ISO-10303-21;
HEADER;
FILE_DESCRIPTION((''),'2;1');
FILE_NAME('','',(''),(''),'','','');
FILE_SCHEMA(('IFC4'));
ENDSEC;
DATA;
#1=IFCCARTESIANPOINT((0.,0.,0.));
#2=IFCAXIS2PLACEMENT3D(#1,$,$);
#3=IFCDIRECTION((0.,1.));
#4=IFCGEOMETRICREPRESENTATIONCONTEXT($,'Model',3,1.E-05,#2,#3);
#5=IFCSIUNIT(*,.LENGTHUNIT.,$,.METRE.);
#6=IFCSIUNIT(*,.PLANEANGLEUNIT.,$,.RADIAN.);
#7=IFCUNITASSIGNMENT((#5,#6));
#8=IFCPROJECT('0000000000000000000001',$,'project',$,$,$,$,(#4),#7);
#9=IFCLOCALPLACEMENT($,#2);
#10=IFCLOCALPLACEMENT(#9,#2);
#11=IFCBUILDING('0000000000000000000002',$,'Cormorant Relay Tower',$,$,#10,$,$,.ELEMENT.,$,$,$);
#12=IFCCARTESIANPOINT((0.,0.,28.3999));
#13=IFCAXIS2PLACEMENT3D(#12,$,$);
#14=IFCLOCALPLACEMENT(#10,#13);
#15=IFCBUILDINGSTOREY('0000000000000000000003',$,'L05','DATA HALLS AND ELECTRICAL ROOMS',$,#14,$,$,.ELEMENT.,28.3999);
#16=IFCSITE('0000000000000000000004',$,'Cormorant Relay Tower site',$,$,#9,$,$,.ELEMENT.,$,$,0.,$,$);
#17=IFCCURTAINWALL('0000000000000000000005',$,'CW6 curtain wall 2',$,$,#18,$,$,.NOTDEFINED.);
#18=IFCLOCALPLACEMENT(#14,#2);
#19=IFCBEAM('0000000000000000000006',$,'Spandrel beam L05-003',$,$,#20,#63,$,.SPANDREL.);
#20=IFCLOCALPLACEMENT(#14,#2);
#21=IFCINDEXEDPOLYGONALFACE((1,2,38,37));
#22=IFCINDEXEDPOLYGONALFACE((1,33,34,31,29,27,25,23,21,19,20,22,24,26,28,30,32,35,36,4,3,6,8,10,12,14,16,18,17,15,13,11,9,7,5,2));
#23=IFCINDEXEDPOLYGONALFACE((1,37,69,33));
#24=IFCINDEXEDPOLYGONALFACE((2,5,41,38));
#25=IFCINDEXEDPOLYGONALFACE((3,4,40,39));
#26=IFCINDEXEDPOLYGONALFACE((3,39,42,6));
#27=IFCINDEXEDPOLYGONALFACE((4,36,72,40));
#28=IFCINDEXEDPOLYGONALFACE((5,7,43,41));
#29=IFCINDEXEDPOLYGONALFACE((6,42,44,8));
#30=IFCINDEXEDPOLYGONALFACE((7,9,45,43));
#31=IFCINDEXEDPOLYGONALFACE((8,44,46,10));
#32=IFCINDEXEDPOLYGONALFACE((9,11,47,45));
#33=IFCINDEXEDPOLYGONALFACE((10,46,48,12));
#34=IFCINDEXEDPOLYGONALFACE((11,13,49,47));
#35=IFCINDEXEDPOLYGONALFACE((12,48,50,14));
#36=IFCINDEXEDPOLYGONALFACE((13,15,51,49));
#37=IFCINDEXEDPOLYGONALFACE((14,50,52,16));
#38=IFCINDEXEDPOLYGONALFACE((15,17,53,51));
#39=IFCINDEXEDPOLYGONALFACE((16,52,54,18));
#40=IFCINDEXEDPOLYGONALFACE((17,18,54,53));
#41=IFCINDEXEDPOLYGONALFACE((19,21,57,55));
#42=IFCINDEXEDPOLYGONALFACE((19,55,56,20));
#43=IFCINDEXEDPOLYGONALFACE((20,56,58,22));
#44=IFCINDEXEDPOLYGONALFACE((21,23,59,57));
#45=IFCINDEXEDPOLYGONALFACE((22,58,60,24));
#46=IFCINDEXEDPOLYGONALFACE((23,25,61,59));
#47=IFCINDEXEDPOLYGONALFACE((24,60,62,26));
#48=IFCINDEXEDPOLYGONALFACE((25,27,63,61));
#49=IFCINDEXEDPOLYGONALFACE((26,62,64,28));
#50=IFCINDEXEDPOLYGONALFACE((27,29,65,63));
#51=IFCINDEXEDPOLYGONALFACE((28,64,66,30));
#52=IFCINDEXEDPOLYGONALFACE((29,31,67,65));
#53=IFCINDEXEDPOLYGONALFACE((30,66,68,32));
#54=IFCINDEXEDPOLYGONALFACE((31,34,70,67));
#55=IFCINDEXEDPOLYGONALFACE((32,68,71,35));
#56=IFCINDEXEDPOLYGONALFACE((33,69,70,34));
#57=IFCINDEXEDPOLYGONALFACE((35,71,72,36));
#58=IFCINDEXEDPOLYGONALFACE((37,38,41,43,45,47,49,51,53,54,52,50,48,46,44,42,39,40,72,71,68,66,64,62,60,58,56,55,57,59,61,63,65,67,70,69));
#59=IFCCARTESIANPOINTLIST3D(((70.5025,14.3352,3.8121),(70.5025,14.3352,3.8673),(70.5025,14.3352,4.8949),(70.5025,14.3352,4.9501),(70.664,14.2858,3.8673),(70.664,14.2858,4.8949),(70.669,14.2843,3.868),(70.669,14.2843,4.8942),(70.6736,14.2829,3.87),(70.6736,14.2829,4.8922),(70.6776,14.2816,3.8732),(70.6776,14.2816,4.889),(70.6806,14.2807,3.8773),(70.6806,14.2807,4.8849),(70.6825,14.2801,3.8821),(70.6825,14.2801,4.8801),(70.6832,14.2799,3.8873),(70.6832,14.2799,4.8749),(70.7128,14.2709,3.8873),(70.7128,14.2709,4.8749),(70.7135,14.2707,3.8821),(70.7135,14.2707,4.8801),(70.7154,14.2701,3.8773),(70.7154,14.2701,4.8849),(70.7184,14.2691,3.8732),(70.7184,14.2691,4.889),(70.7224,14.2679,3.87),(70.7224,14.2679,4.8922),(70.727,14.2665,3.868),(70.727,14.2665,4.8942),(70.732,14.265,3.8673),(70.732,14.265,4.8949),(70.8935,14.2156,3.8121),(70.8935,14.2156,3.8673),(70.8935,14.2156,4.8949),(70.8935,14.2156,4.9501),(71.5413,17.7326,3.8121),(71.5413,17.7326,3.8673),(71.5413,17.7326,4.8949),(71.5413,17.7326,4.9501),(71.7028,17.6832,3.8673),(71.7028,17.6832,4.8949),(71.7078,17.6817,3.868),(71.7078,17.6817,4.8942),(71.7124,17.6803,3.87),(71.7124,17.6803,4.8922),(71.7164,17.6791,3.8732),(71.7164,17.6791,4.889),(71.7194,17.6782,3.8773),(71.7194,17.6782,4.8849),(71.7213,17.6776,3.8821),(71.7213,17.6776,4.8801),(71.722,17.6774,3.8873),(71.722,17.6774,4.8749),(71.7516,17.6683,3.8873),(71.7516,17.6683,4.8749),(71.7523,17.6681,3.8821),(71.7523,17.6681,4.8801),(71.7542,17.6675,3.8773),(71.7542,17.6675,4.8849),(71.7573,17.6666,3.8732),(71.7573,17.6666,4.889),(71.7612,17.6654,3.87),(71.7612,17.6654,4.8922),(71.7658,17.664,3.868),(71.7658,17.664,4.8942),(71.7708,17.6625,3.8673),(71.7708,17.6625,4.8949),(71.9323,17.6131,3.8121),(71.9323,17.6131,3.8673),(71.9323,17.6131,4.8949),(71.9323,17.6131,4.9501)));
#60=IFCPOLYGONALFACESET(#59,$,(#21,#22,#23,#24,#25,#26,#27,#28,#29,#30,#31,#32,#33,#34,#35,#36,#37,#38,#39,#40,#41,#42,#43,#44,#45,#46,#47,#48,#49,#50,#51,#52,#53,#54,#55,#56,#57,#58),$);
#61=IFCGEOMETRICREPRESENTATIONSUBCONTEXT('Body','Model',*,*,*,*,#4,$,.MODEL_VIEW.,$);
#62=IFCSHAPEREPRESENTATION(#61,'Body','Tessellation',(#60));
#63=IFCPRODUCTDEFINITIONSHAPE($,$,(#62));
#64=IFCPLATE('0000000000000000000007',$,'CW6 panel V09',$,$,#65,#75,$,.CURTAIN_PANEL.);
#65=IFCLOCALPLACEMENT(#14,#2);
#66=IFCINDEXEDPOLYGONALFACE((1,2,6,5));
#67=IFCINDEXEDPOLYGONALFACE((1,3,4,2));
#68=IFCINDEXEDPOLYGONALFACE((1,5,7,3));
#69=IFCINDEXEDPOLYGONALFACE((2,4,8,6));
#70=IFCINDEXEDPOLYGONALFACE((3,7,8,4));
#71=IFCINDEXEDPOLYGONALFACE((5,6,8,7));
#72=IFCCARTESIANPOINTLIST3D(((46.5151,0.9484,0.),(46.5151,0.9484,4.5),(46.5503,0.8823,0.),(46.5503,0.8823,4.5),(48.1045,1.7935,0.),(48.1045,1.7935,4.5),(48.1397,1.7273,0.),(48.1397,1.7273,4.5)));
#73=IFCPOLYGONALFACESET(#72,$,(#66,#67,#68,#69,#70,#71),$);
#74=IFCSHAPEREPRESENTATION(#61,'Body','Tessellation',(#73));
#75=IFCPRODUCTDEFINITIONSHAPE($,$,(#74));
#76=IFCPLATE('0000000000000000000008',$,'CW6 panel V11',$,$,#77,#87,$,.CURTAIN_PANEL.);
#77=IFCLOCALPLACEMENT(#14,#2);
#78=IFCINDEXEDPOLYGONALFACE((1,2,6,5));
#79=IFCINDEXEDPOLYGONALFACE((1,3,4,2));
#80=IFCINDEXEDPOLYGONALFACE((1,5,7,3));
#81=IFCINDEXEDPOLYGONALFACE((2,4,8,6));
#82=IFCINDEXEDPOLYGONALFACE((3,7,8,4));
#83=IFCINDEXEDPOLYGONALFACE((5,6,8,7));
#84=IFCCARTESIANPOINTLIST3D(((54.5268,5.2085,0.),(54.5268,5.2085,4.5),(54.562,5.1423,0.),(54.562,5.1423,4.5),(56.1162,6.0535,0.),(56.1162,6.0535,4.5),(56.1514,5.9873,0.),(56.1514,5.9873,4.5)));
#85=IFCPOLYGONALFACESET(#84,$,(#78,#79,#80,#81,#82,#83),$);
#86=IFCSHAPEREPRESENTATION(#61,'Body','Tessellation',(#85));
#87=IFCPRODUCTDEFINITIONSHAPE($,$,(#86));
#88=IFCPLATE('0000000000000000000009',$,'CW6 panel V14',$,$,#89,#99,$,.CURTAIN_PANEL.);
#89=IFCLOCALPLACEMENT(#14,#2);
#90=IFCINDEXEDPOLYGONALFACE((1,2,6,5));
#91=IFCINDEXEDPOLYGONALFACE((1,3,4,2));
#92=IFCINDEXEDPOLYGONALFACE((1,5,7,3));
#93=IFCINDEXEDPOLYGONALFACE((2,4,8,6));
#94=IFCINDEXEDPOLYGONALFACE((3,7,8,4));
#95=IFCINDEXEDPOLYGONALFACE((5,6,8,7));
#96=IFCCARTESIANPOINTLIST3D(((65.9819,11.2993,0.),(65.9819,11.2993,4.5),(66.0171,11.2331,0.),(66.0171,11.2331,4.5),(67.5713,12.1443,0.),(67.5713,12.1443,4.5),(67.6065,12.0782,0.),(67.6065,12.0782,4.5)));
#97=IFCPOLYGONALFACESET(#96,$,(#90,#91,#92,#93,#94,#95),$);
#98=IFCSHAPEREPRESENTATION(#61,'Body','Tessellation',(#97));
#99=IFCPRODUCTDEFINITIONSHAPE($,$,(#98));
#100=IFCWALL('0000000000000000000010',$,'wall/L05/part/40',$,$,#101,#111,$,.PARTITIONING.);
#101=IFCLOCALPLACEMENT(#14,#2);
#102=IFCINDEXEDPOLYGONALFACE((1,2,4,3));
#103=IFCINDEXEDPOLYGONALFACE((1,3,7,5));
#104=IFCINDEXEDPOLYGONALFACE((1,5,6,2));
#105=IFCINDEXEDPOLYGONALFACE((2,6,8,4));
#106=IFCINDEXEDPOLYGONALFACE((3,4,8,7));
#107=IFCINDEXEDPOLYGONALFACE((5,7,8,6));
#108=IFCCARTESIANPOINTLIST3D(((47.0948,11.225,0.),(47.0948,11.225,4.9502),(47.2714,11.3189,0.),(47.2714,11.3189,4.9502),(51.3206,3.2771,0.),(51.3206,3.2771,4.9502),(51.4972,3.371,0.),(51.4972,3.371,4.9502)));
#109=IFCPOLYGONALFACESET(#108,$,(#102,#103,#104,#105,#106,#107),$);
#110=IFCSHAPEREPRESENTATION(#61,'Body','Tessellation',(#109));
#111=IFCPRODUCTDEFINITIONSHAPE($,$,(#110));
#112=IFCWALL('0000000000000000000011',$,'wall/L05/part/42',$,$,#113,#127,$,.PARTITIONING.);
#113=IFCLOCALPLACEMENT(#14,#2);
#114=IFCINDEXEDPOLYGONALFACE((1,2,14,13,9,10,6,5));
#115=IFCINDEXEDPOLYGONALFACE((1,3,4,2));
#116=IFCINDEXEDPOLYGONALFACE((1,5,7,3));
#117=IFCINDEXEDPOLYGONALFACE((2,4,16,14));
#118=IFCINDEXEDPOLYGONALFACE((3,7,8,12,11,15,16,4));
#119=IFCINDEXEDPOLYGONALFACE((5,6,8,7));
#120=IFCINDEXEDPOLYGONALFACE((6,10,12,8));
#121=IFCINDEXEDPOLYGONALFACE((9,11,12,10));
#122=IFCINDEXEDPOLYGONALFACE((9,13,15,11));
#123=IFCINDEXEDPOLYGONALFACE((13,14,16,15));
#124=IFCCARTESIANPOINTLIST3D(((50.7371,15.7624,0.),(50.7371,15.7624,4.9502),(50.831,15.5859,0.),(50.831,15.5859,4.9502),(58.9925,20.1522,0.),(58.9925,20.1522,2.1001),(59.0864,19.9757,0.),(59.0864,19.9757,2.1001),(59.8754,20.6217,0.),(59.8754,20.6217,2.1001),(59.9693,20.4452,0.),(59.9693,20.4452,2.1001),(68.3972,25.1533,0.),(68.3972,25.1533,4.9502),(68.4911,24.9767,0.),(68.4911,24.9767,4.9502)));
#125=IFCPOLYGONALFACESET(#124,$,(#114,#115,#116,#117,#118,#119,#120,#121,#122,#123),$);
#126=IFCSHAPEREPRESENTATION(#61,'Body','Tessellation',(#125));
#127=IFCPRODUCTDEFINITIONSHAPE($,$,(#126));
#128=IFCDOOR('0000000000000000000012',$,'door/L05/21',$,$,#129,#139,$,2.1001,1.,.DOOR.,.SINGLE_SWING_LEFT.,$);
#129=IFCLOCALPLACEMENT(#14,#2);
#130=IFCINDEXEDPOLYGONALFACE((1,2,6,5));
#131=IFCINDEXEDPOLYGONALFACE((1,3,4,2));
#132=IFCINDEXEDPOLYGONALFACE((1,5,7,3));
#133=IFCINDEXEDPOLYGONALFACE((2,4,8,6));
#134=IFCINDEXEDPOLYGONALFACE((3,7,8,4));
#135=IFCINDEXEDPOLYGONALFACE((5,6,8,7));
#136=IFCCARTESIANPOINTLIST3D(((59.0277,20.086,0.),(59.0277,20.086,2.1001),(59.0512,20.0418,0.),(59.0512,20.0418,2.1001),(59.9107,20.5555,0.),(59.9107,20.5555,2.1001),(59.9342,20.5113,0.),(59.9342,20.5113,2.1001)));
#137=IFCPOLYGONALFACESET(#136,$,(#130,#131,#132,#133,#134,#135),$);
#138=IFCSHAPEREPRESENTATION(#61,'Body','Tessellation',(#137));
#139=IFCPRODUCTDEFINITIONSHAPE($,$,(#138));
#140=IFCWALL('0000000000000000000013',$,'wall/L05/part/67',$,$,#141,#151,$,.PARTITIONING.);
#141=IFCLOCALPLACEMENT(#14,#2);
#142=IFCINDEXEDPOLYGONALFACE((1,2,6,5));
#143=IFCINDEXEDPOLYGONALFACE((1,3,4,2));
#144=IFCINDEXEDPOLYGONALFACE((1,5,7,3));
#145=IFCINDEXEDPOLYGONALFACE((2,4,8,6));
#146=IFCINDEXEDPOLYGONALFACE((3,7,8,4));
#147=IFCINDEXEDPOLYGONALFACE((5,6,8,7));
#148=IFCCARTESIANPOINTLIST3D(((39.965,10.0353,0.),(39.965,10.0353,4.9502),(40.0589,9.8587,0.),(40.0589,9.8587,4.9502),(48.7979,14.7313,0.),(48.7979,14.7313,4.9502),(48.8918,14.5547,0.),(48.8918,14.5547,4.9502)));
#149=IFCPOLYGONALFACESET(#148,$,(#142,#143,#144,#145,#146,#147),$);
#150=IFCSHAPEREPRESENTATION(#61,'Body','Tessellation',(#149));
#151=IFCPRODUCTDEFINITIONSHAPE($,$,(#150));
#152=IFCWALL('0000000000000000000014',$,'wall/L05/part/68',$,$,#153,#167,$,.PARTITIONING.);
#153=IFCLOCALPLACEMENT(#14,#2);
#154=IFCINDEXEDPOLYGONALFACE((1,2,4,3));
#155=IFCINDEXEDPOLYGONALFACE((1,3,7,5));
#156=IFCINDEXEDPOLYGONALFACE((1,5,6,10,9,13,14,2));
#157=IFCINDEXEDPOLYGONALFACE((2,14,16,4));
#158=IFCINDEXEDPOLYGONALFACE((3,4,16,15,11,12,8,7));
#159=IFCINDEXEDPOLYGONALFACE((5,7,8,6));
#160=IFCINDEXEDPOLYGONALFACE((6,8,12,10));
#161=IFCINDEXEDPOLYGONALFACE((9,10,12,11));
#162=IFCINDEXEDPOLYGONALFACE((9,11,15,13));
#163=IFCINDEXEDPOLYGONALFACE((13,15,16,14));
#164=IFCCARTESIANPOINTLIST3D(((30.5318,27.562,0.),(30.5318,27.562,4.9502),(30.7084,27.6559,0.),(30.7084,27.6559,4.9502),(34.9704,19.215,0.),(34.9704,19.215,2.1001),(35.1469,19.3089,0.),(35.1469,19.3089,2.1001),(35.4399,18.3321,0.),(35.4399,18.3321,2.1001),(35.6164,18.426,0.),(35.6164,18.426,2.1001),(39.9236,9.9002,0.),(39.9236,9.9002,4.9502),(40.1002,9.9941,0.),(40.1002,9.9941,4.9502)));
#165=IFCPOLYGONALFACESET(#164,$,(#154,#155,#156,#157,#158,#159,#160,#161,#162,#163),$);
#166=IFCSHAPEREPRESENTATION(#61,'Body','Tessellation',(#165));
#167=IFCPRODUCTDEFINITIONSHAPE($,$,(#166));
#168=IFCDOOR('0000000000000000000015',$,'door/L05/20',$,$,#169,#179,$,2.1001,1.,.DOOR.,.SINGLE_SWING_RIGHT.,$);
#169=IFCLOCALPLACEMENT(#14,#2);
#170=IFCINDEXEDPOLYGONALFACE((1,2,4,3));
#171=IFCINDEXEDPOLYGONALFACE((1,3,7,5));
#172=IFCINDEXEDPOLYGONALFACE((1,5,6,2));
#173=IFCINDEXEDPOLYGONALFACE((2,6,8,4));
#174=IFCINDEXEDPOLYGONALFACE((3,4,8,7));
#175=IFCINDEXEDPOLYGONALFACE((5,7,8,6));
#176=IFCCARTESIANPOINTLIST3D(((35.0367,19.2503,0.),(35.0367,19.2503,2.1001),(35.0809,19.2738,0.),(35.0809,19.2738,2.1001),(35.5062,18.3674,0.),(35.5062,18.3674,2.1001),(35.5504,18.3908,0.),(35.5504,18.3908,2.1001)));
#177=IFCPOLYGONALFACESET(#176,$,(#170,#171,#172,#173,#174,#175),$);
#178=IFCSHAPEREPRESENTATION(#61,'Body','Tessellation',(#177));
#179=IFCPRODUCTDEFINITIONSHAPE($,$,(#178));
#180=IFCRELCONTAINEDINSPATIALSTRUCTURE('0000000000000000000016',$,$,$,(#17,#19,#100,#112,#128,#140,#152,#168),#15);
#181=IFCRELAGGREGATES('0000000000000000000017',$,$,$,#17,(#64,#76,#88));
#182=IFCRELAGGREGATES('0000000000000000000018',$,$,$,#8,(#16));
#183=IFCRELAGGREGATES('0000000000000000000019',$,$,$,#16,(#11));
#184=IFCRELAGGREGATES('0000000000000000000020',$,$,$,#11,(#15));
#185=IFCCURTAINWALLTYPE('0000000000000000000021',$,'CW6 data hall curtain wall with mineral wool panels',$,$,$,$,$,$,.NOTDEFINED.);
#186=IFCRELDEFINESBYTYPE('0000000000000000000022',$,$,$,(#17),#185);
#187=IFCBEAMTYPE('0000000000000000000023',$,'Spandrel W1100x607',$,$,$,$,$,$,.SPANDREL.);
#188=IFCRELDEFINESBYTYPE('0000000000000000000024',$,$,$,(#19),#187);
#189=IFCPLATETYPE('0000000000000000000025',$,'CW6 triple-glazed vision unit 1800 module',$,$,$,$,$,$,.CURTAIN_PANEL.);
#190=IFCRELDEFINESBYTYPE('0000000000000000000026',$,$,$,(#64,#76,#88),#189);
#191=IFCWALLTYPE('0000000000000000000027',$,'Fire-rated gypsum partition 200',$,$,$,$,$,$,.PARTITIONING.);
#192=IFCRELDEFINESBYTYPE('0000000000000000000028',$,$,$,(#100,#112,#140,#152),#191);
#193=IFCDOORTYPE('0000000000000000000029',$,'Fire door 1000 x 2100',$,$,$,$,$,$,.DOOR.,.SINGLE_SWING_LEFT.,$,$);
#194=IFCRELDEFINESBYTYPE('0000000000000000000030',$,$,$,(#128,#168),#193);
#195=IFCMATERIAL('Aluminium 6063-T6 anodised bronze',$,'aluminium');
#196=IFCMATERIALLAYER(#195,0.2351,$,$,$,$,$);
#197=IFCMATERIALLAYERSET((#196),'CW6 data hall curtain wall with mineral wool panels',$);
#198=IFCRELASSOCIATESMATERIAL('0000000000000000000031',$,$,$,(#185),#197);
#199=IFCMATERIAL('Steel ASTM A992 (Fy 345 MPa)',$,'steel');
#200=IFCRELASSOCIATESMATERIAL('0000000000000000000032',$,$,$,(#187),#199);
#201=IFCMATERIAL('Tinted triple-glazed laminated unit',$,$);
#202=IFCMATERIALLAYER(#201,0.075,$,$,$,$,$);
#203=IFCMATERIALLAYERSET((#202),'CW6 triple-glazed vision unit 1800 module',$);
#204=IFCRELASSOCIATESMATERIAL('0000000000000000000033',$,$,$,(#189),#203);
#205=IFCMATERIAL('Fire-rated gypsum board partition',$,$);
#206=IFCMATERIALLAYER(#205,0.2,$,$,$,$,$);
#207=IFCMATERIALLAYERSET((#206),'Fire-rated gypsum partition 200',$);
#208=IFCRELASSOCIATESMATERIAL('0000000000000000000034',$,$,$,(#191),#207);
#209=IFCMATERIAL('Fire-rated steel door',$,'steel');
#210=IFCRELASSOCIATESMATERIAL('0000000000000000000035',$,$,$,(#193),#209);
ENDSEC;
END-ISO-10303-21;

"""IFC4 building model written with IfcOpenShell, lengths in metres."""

from ifc_helpers import new_model, si_unit, direction, frame, frame_2d, origin, origin_2d, place, context, subcontext, project, spatial, rectangle, i_section, extrude, material, layer, layer_set, material_profile, profile_set, type_object, element, fill, aggregate, save


model = new_model("IFC4")

# Units and contexts
model_context = context("Model", 3, precision=1e-05, world=origin(), true_north=direction((0.0, 1.0)))
body_context = subcontext(model_context, "Body", "Model", "MODEL_VIEW")
ifc_project = project(units=[si_unit("LENGTHUNIT", "METRE"), si_unit("PLANEANGLEUNIT", "RADIAN")], contexts=[model_context])

# Site, building, storey
site_placement = place(None, origin())
site = spatial("IfcSite", under=ifc_project, at=site_placement, Name="Cormorant Relay Tower site", CompositionType="ELEMENT", RefElevation=0.0)
building_placement = place(site_placement, origin())
building = spatial("IfcBuilding", under=site, at=building_placement, Name="Cormorant Relay Tower", CompositionType="ELEMENT")
storey_placement = place(building_placement, frame((0.0, 0.0, 28.3999)))
storey = spatial("IfcBuildingStorey", under=building, at=storey_placement, Name="L05", Description="DATA HALLS AND ELECTRICAL ROOMS", CompositionType="ELEMENT", Elevation=28.3999)

# Curtain wall
ifc_material_1 = material(Name="Aluminium 6063-T6 anodised bronze", Category="aluminium")
ifc_layer_1 = layer(ifc_material_1, 0.2351)
ifc_layer_set_1 = layer_set([ifc_layer_1], Name="CW6 data hall curtain wall with mineral wool panels")
curtain_wall_type = type_object("IfcCurtainWallType", Name="CW6 data hall curtain wall with mineral wool panels", PredefinedType="NOTDEFINED", material=ifc_layer_set_1)
curtain_wall_1_placement = place(storey_placement, origin())
curtain_wall_1 = element("IfcCurtainWall", 1, at=curtain_wall_1_placement, inside=storey, type_object=curtain_wall_type, Name="CW6 curtain wall 2", PredefinedType="NOTDEFINED")

# Beam
ifc_material_2 = material(Name="Steel ASTM A992 (Fy 345 MPa)", Category="steel")
ifc_material_profile_1 = material_profile(ifc_material_2, i_section(OverallWidth=0.4089, OverallDepth=1.1379, WebThickness=0.031, FlangeThickness=0.0552, FilletRadius=0.02, at=origin_2d()), Name="W1100x607")
ifc_profile_set_1 = profile_set([ifc_material_profile_1], Name="Steel ASTM A992 (Fy 345 MPa)")
beam_type = type_object("IfcBeamType", Name="Spandrel W1100x607", PredefinedType="SPANDREL", material=ifc_profile_set_1)
beam_placement = place(storey_placement, frame((70.698, 14.2754, 4.3811), z_axis=(0.2924, 0.956296, 0.0), x_axis=(-0.956296, 0.2924, 0.0)))
element("IfcBeam", 2, at=beam_placement, inside=storey, type_object=beam_type, Name="Spandrel beam L05-003", PredefinedType="SPANDREL", context=body_context, shape_type="SweptSolid", body=[
    extrude(i_section(OverallWidth=0.4089, OverallDepth=1.1379, WebThickness=0.031, FlangeThickness=0.0552, FilletRadius=0.02, at=origin_2d()), origin(), (0.0, 0.0, 1.0), 3.5527),
])

# Plates
ifc_material_3 = material(Name="Tinted triple-glazed laminated unit")
ifc_layer_2 = layer(ifc_material_3, 0.075)
ifc_layer_set_2 = layer_set([ifc_layer_2], Name="CW6 triple-glazed vision unit 1800 module")
plate_type = type_object("IfcPlateType", Name="CW6 triple-glazed vision unit 1800 module", PredefinedType="CURTAIN_PANEL", material=ifc_layer_set_2)
plate_1_placement = place(storey_placement, frame((47.3274, 1.3379, 0.0), z_axis=(0.0, 0.0, 1.0), x_axis=(0.882948, 0.469472, 0.0)))
plate_1 = element("IfcPlate", 3, at=plate_1_placement, type_object=plate_type, Name="CW6 panel V09", PredefinedType="CURTAIN_PANEL", context=body_context, shape_type="SweptSolid", body=[
    extrude(rectangle(XDim=1.8, YDim=0.075, at=origin_2d()), origin(), (0.0, 0.0, 1.0), 4.5),
])
plate_2_placement = place(storey_placement, frame((55.3391, 5.5979, 0.0), z_axis=(0.0, 0.0, 1.0), x_axis=(0.882948, 0.469472, 0.0)))
plate_2 = element("IfcPlate", 4, at=plate_2_placement, type_object=plate_type, Name="CW6 panel V11", PredefinedType="CURTAIN_PANEL", context=body_context, shape_type="SweptSolid", body=[
    extrude(rectangle(XDim=1.8, YDim=0.075, at=origin_2d()), origin(), (0.0, 0.0, 1.0), 4.5),
])
plate_3_placement = place(storey_placement, frame((66.7942, 11.6887, 0.0), z_axis=(0.0, 0.0, 1.0), x_axis=(0.882948, 0.469472, 0.0)))
plate_3 = element("IfcPlate", 5, at=plate_3_placement, type_object=plate_type, Name="CW6 panel V14", PredefinedType="CURTAIN_PANEL", context=body_context, shape_type="SweptSolid", body=[
    extrude(rectangle(XDim=1.8, YDim=0.075, at=origin_2d()), origin(), (0.0, 0.0, 1.0), 4.5),
])

# Wall
ifc_material_4 = material(Name="Fire-rated gypsum board partition")
ifc_layer_3 = layer(ifc_material_4, 0.2)
ifc_layer_set_3 = layer_set([ifc_layer_3], Name="Fire-rated gypsum partition 200")
wall_type = type_object("IfcWallType", Name="Fire-rated gypsum partition 200", PredefinedType="PARTITIONING", material=ifc_layer_set_3)
wall_1_placement = place(storey_placement, frame((47.1831, 11.272, 0.0), z_axis=(0.0, 0.0, 1.0), x_axis=(0.469455, -0.882957, 0.0)))
element("IfcWall", 6, at=wall_1_placement, inside=storey, type_object=wall_type, Name="wall/L05/part/40", PredefinedType="PARTITIONING", context=body_context, shape_type="SweptSolid", body=[
    extrude(rectangle(XDim=9.0015, YDim=0.2, at=frame_2d((4.5007, 0.0))), origin(), (0.0, 0.0, 1.0), 4.9502),
])

# Wall, opening, door
wall_2_placement = place(storey_placement, frame((50.7839, 15.6741, 0.0), z_axis=(0.0, 0.0, 1.0), x_axis=(0.882931, 0.469503, 0.0)))
wall_2 = element("IfcWall", 7, at=wall_2_placement, inside=storey, type_object=wall_type, Name="wall/L05/part/42", PredefinedType="PARTITIONING", context=body_context, shape_type="SweptSolid", body=[
    extrude(rectangle(XDim=20.0017, YDim=0.2, at=frame_2d((10.001, 0.0))), origin(), (0.0, 0.0, 1.0), 4.9502),
])
opening_1_placement = place(wall_2_placement, frame((9.3501, 0.0, 0.0)))
opening_1 = element("IfcOpeningElement", 8, at=opening_1_placement, cuts=wall_2, PredefinedType="OPENING", context=body_context, shape_type="SweptSolid", body=[
    extrude(rectangle(XDim=1.0, YDim=2.1001, at=frame_2d((0.5, 1.05))), frame((0.0, 0.1099, 0.0), z_axis=(0.0, -1.0, 0.0), x_axis=(1.0, 0.0, 0.0)), (0.0, 0.0, 1.0), 0.22),
])
ifc_material_5 = material(Name="Fire-rated steel door", Category="steel")
door_type = type_object("IfcDoorType", Name="Fire door 1000 x 2100", OperationType="SINGLE_SWING_LEFT", PredefinedType="DOOR", material=ifc_material_5)
door_1_placement = place(opening_1_placement, origin())
door_1 = element("IfcDoor", 9, at=door_1_placement, inside=storey, type_object=door_type, Name="door/L05/21", OperationType="SINGLE_SWING_LEFT", OverallHeight=2.1001, OverallWidth=1.0, PredefinedType="DOOR", context=body_context, shape_type="SweptSolid", body=[
    extrude(rectangle(XDim=1.0, YDim=2.1001, at=frame_2d((0.5, 1.05))), frame((0.0, 0.0249, 0.0), z_axis=(0.0, -1.0, 0.0), x_axis=(1.0, 0.0, 0.0)), (0.0, 0.0, 1.0), 0.05),
])
fill(opening_1, door_1)

# Wall
wall_3_placement = place(storey_placement, frame((48.845, 14.6431, 0.0), z_axis=(0.0, 0.0, 1.0), x_axis=(-0.88297, -0.469429, 0.0)))
element("IfcWall", 10, at=wall_3_placement, inside=storey, type_object=wall_type, Name="wall/L05/part/67", PredefinedType="PARTITIONING", context=body_context, shape_type="SweptSolid", body=[
    extrude(rectangle(XDim=10.0037, YDim=0.2, at=frame_2d((5.002, 0.0))), origin(), (0.0, 0.0, 1.0), 4.9502),
])

# Wall, opening, door
wall_4_placement = place(storey_placement, frame((40.012, 9.947, 0.0), z_axis=(0.0, 0.0, 1.0), x_axis=(-0.469505, 0.88293, 0.0)))
wall_4 = element("IfcWall", 11, at=wall_4_placement, inside=storey, type_object=wall_type, Name="wall/L05/part/68", PredefinedType="PARTITIONING", context=body_context, shape_type="SweptSolid", body=[
    extrude(rectangle(XDim=20.0037, YDim=0.2, at=frame_2d((10.002, 0.0))), origin(), (0.0, 0.0, 1.0), 4.9502),
])
opening_2_placement = place(wall_4_placement, frame((9.55, 0.0, 0.0)))
opening_2 = element("IfcOpeningElement", 12, at=opening_2_placement, cuts=wall_4, PredefinedType="OPENING", context=body_context, shape_type="SweptSolid", body=[
    extrude(rectangle(XDim=1.0, YDim=2.1001, at=frame_2d((0.5, 1.05))), frame((0.0, 0.1099, 0.0), z_axis=(0.0, -1.0, 0.0), x_axis=(1.0, 0.0, 0.0)), (0.0, 0.0, 1.0), 0.22),
])
door_2_placement = place(opening_2_placement, origin())
door_2 = element("IfcDoor", 13, at=door_2_placement, inside=storey, type_object=door_type, Name="door/L05/20", OperationType="SINGLE_SWING_RIGHT", OverallHeight=2.1001, OverallWidth=1.0, PredefinedType="DOOR", context=body_context, shape_type="SweptSolid", body=[
    extrude(rectangle(XDim=1.0, YDim=2.1001, at=frame_2d((0.5, 1.05))), frame((0.0, 0.0249, 0.0), z_axis=(0.0, -1.0, 0.0), x_axis=(1.0, 0.0, 0.0)), (0.0, 0.0, 1.0), 0.05),
])
fill(opening_2, door_2)

aggregate(curtain_wall_1, [plate_1, plate_2, plate_3])

save(model, "model.ifc")
